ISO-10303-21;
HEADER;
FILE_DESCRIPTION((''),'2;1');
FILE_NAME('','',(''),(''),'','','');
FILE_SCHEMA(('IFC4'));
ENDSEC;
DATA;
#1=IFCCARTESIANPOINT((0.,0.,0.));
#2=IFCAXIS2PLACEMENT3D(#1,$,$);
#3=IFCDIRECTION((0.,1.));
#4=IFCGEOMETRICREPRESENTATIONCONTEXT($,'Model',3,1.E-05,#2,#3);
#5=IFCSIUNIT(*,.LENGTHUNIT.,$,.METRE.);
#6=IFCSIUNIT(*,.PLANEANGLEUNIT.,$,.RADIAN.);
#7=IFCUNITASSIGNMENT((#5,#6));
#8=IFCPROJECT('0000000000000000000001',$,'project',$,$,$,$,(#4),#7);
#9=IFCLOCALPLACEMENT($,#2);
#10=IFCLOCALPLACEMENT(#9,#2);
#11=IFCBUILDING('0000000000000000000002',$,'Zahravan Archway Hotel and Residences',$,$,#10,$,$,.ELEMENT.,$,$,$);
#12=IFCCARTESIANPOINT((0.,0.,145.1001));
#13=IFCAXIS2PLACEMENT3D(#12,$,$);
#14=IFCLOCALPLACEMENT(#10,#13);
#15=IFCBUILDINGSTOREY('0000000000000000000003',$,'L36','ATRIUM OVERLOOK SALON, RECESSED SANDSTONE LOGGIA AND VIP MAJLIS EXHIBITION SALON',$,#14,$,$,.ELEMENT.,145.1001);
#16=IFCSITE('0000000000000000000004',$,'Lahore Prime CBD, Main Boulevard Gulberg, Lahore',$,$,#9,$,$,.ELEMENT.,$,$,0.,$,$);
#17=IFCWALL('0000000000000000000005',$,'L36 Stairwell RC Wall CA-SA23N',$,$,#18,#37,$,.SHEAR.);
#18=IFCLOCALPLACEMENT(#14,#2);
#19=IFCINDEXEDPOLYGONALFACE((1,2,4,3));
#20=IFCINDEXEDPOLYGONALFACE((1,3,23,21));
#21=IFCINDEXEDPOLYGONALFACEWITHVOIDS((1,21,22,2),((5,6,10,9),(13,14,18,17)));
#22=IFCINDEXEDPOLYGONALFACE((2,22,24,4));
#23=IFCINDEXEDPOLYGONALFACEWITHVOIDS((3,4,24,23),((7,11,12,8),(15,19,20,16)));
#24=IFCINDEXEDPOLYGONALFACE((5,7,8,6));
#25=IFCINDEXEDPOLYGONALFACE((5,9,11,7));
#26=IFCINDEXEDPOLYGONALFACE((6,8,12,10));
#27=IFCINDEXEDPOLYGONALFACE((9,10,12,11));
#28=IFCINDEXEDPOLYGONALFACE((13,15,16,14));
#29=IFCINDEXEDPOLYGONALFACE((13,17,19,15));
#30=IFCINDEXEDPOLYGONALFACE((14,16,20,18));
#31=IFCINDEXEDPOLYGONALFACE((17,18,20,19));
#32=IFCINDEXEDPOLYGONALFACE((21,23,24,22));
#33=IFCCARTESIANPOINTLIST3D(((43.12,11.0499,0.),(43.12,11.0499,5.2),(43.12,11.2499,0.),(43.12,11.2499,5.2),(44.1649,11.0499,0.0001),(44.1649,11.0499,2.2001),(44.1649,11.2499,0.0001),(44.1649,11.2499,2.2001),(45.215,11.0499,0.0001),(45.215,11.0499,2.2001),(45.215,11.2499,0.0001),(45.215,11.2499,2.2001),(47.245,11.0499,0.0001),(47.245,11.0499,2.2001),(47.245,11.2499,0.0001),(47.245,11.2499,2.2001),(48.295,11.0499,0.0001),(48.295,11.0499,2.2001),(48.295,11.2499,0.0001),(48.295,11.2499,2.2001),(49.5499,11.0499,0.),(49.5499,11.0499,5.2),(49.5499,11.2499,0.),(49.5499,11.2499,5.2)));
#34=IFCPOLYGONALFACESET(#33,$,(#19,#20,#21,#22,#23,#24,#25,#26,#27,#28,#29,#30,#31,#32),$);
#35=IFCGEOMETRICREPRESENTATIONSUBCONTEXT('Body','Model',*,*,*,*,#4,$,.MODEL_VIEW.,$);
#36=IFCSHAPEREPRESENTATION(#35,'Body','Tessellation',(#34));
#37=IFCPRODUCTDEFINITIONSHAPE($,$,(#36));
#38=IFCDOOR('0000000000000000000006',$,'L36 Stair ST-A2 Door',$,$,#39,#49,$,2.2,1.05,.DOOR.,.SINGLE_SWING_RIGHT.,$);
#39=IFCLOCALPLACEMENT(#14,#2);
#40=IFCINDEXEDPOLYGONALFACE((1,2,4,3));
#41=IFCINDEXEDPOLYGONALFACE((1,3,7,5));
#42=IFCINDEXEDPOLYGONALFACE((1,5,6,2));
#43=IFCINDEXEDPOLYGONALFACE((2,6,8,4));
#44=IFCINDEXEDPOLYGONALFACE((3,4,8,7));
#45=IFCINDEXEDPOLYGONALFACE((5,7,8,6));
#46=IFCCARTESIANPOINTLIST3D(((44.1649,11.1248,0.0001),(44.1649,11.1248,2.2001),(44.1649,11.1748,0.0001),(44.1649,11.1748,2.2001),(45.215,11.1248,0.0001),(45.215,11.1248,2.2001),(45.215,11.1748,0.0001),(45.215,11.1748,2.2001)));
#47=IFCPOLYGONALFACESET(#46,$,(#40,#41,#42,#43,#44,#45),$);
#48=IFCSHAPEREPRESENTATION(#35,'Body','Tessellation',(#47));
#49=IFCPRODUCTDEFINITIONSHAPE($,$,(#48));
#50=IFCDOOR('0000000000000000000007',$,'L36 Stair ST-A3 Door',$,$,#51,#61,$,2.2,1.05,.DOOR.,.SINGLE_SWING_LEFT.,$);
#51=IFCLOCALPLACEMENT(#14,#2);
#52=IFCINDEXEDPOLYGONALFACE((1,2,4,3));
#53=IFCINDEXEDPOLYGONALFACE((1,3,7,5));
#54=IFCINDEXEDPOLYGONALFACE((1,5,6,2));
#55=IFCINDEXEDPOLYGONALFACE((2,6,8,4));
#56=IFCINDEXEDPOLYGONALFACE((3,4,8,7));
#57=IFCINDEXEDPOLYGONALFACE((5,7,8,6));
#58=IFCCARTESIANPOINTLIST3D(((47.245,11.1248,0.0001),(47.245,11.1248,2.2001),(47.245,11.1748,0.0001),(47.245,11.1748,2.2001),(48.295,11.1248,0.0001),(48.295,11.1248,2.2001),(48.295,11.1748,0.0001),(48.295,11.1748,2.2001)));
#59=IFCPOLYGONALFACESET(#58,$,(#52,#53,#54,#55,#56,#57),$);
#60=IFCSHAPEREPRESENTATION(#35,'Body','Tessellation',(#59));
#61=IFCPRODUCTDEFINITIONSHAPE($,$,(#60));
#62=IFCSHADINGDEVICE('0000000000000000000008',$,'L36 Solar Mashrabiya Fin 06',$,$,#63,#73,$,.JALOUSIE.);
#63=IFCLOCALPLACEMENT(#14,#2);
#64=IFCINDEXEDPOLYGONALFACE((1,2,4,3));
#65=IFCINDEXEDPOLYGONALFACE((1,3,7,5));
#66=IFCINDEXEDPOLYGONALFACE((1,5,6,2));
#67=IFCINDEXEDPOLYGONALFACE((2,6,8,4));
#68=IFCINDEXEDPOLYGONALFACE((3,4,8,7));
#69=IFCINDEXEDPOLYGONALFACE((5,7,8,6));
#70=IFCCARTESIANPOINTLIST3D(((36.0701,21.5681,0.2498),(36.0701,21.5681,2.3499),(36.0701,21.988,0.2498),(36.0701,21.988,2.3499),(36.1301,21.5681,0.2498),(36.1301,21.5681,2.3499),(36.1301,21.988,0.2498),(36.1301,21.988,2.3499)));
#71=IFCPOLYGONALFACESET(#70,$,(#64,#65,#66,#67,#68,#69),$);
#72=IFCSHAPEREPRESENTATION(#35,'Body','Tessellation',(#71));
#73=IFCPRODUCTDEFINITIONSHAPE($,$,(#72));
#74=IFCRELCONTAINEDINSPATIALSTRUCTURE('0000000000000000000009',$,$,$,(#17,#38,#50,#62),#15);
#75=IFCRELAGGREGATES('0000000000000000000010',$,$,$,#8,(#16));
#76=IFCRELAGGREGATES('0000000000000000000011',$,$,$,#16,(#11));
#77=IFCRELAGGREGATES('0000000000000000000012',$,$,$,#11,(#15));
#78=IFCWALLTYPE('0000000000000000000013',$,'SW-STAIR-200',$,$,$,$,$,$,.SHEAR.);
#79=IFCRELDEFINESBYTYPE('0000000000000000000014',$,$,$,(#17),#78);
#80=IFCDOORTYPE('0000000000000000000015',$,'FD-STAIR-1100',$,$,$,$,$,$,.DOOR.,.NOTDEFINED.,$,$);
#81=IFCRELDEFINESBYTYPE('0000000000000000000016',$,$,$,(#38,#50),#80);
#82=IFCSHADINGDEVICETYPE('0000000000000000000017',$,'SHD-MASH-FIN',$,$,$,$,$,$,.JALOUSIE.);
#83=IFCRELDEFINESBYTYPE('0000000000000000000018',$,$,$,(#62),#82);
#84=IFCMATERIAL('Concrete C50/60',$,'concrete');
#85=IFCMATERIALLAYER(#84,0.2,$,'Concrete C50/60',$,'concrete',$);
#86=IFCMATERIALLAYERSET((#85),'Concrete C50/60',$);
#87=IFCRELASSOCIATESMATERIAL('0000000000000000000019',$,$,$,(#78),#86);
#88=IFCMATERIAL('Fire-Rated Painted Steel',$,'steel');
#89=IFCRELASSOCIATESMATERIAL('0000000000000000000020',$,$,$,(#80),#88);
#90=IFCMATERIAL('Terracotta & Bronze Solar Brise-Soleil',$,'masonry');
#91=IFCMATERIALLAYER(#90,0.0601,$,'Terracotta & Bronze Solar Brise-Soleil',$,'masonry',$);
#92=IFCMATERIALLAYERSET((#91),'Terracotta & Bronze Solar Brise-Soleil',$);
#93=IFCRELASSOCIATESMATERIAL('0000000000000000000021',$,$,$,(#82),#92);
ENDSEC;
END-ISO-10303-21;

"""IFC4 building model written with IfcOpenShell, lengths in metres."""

from ifc_helpers import new_model, si_unit, direction, frame, frame_2d, origin, origin_2d, place, context, subcontext, project, spatial, rectangle, extrude, source, transform, mapped, material, layer, layer_set, type_object, type_shapes, element, fill, save


model = new_model("IFC4")

# Units and contexts
model_context = context("Model", 3, precision=1e-05, world=origin(), true_north=direction((0.0, 1.0)))
body_context = subcontext(model_context, "Body", "Model", "MODEL_VIEW")
ifc_project = project(units=[si_unit("LENGTHUNIT", "METRE"), si_unit("PLANEANGLEUNIT", "RADIAN")], contexts=[model_context])

# Site, building, storey
site_placement = place(None, origin())
site = spatial("IfcSite", under=ifc_project, at=site_placement, Name="Lahore Prime CBD, Main Boulevard Gulberg, Lahore", CompositionType="ELEMENT", RefElevation=0.0)
building_placement = place(site_placement, origin())
building = spatial("IfcBuilding", under=site, at=building_placement, Name="Zahravan Archway Hotel and Residences", CompositionType="ELEMENT")
storey_placement = place(building_placement, frame((0.0, 0.0, 145.1001)))
storey = spatial("IfcBuildingStorey", under=building, at=storey_placement, Name="L36", Description="ATRIUM OVERLOOK SALON, RECESSED SANDSTONE LOGGIA AND VIP MAJLIS EXHIBITION SALON", CompositionType="ELEMENT", Elevation=145.1001)

# Shared definitions
ifc_material_1 = material(Name="Fire-Rated Painted Steel", Category="steel")

# Wall, openings, doors
ifc_material_2 = material(Name="Concrete C50/60", Category="concrete")
ifc_layer_1 = layer(ifc_material_2, 0.2, Name="Concrete C50/60", Category="concrete")
ifc_layer_set_1 = layer_set([ifc_layer_1], Name="Concrete C50/60")
wall_type_1 = type_object("IfcWallType", Name="SW-STAIR-200", PredefinedType="SHEAR", material=ifc_layer_set_1)
wall_1_placement = place(storey_placement, frame((43.1201, 11.1499, 0.0), z_axis=(0.0, 0.0, 1.0), x_axis=(1.0, 0.0, 0.0)))
wall_1 = element("IfcWall", 1, at=wall_1_placement, inside=storey, type_object=wall_type_1, Name="L36 Stairwell RC Wall CA-SA23N", PredefinedType="SHEAR", context=body_context, shape_type="SweptSolid", body=[
    extrude(rectangle(XDim=6.4299, YDim=0.2, at=frame_2d((3.2148, 0.0))), origin(), (0.0, 0.0, 1.0), 5.2),
])
opening_1_placement = place(wall_1_placement, frame((1.0449, 0.0, 0.0)))
opening_1 = element("IfcOpeningElement", 2, at=opening_1_placement, cuts=wall_1, PredefinedType="OPENING", context=body_context, shape_type="SweptSolid", body=[
    extrude(rectangle(XDim=1.05, YDim=2.2, at=frame_2d((0.5249, 1.1001))), frame((0.0, 0.1099, 0.0), z_axis=(0.0, -1.0, 0.0), x_axis=(1.0, 0.0, 0.0)), (0.0, 0.0, 1.0), 0.22),
])
opening_2_placement = place(wall_1_placement, frame((4.125, 0.0, 0.0)))
opening_2 = element("IfcOpeningElement", 3, at=opening_2_placement, cuts=wall_1, PredefinedType="OPENING", context=body_context, shape_type="SweptSolid", body=[
    extrude(rectangle(XDim=1.05, YDim=2.2, at=frame_2d((0.5249, 1.1001))), frame((0.0, 0.1099, 0.0), z_axis=(0.0, -1.0, 0.0), x_axis=(1.0, 0.0, 0.0)), (0.0, 0.0, 1.0), 0.22),
])
door_type_1 = type_object("IfcDoorType", Name="FD-STAIR-1100", OperationType="NOTDEFINED", PredefinedType="DOOR", material=ifc_material_1)
shared_shape_1 = source(origin(), body_context, "Body", "SweptSolid", [
    extrude(rectangle(XDim=1.05, YDim=2.2, at=frame_2d((0.5249, 1.1001))), frame((0.0, 0.0249, 0.0), z_axis=(0.0, -1.0, 0.0), x_axis=(1.0, 0.0, 0.0)), (0.0, 0.0, 1.0), 0.05),
])
type_shapes(door_type_1, [shared_shape_1])
door_1_placement = place(opening_1_placement, origin())
door_1 = element("IfcDoor", 4, at=door_1_placement, inside=storey, type_object=door_type_1, Name="L36 Stair ST-A2 Door", OperationType="SINGLE_SWING_RIGHT", OverallHeight=2.2, OverallWidth=1.05, PredefinedType="DOOR", context=body_context, shape_type="MappedRepresentation", body=[
    mapped(shared_shape_1, transform((0.0, 0.0, 0.0), scale=1.0)),
])
fill(opening_1, door_1)
door_2_placement = place(opening_2_placement, origin())
door_2 = element("IfcDoor", 5, at=door_2_placement, inside=storey, type_object=door_type_1, Name="L36 Stair ST-A3 Door", OperationType="SINGLE_SWING_LEFT", OverallHeight=2.2, OverallWidth=1.05, PredefinedType="DOOR", context=body_context, shape_type="MappedRepresentation", body=[
    mapped(shared_shape_1, transform((0.0, 0.0, 0.0), scale=1.0)),
])
fill(opening_2, door_2)

# Shading device
ifc_material_3 = material(Name="Terracotta & Bronze Solar Brise-Soleil", Category="masonry")
ifc_layer_2 = layer(ifc_material_3, 0.0601, Name="Terracotta & Bronze Solar Brise-Soleil", Category="masonry")
ifc_layer_set_2 = layer_set([ifc_layer_2], Name="Terracotta & Bronze Solar Brise-Soleil")
shading_device_type = type_object("IfcShadingDeviceType", Name="SHD-MASH-FIN", PredefinedType="JALOUSIE", material=ifc_layer_set_2)
shared_shape_2 = source(origin(), body_context, "Body", "SweptSolid", [
    extrude(rectangle(XDim=0.0601, YDim=0.4199, at=origin_2d()), origin(), (0.0, 0.0, 1.0), 2.1001),
])
type_shapes(shading_device_type, [shared_shape_2])
shading_device_placement = place(storey_placement, frame((36.1001, 21.7781, 0.2498), z_axis=(0.0, 0.0, 1.0), x_axis=(1.0, 0.0, 0.0)))
element("IfcShadingDevice", 6, at=shading_device_placement, inside=storey, type_object=shading_device_type, Name="L36 Solar Mashrabiya Fin 06", PredefinedType="JALOUSIE", context=body_context, shape_type="MappedRepresentation", body=[
    mapped(shared_shape_2, transform((0.0, 0.0, 0.0), scale=1.0)),
])

save(model, "model.ifc")
